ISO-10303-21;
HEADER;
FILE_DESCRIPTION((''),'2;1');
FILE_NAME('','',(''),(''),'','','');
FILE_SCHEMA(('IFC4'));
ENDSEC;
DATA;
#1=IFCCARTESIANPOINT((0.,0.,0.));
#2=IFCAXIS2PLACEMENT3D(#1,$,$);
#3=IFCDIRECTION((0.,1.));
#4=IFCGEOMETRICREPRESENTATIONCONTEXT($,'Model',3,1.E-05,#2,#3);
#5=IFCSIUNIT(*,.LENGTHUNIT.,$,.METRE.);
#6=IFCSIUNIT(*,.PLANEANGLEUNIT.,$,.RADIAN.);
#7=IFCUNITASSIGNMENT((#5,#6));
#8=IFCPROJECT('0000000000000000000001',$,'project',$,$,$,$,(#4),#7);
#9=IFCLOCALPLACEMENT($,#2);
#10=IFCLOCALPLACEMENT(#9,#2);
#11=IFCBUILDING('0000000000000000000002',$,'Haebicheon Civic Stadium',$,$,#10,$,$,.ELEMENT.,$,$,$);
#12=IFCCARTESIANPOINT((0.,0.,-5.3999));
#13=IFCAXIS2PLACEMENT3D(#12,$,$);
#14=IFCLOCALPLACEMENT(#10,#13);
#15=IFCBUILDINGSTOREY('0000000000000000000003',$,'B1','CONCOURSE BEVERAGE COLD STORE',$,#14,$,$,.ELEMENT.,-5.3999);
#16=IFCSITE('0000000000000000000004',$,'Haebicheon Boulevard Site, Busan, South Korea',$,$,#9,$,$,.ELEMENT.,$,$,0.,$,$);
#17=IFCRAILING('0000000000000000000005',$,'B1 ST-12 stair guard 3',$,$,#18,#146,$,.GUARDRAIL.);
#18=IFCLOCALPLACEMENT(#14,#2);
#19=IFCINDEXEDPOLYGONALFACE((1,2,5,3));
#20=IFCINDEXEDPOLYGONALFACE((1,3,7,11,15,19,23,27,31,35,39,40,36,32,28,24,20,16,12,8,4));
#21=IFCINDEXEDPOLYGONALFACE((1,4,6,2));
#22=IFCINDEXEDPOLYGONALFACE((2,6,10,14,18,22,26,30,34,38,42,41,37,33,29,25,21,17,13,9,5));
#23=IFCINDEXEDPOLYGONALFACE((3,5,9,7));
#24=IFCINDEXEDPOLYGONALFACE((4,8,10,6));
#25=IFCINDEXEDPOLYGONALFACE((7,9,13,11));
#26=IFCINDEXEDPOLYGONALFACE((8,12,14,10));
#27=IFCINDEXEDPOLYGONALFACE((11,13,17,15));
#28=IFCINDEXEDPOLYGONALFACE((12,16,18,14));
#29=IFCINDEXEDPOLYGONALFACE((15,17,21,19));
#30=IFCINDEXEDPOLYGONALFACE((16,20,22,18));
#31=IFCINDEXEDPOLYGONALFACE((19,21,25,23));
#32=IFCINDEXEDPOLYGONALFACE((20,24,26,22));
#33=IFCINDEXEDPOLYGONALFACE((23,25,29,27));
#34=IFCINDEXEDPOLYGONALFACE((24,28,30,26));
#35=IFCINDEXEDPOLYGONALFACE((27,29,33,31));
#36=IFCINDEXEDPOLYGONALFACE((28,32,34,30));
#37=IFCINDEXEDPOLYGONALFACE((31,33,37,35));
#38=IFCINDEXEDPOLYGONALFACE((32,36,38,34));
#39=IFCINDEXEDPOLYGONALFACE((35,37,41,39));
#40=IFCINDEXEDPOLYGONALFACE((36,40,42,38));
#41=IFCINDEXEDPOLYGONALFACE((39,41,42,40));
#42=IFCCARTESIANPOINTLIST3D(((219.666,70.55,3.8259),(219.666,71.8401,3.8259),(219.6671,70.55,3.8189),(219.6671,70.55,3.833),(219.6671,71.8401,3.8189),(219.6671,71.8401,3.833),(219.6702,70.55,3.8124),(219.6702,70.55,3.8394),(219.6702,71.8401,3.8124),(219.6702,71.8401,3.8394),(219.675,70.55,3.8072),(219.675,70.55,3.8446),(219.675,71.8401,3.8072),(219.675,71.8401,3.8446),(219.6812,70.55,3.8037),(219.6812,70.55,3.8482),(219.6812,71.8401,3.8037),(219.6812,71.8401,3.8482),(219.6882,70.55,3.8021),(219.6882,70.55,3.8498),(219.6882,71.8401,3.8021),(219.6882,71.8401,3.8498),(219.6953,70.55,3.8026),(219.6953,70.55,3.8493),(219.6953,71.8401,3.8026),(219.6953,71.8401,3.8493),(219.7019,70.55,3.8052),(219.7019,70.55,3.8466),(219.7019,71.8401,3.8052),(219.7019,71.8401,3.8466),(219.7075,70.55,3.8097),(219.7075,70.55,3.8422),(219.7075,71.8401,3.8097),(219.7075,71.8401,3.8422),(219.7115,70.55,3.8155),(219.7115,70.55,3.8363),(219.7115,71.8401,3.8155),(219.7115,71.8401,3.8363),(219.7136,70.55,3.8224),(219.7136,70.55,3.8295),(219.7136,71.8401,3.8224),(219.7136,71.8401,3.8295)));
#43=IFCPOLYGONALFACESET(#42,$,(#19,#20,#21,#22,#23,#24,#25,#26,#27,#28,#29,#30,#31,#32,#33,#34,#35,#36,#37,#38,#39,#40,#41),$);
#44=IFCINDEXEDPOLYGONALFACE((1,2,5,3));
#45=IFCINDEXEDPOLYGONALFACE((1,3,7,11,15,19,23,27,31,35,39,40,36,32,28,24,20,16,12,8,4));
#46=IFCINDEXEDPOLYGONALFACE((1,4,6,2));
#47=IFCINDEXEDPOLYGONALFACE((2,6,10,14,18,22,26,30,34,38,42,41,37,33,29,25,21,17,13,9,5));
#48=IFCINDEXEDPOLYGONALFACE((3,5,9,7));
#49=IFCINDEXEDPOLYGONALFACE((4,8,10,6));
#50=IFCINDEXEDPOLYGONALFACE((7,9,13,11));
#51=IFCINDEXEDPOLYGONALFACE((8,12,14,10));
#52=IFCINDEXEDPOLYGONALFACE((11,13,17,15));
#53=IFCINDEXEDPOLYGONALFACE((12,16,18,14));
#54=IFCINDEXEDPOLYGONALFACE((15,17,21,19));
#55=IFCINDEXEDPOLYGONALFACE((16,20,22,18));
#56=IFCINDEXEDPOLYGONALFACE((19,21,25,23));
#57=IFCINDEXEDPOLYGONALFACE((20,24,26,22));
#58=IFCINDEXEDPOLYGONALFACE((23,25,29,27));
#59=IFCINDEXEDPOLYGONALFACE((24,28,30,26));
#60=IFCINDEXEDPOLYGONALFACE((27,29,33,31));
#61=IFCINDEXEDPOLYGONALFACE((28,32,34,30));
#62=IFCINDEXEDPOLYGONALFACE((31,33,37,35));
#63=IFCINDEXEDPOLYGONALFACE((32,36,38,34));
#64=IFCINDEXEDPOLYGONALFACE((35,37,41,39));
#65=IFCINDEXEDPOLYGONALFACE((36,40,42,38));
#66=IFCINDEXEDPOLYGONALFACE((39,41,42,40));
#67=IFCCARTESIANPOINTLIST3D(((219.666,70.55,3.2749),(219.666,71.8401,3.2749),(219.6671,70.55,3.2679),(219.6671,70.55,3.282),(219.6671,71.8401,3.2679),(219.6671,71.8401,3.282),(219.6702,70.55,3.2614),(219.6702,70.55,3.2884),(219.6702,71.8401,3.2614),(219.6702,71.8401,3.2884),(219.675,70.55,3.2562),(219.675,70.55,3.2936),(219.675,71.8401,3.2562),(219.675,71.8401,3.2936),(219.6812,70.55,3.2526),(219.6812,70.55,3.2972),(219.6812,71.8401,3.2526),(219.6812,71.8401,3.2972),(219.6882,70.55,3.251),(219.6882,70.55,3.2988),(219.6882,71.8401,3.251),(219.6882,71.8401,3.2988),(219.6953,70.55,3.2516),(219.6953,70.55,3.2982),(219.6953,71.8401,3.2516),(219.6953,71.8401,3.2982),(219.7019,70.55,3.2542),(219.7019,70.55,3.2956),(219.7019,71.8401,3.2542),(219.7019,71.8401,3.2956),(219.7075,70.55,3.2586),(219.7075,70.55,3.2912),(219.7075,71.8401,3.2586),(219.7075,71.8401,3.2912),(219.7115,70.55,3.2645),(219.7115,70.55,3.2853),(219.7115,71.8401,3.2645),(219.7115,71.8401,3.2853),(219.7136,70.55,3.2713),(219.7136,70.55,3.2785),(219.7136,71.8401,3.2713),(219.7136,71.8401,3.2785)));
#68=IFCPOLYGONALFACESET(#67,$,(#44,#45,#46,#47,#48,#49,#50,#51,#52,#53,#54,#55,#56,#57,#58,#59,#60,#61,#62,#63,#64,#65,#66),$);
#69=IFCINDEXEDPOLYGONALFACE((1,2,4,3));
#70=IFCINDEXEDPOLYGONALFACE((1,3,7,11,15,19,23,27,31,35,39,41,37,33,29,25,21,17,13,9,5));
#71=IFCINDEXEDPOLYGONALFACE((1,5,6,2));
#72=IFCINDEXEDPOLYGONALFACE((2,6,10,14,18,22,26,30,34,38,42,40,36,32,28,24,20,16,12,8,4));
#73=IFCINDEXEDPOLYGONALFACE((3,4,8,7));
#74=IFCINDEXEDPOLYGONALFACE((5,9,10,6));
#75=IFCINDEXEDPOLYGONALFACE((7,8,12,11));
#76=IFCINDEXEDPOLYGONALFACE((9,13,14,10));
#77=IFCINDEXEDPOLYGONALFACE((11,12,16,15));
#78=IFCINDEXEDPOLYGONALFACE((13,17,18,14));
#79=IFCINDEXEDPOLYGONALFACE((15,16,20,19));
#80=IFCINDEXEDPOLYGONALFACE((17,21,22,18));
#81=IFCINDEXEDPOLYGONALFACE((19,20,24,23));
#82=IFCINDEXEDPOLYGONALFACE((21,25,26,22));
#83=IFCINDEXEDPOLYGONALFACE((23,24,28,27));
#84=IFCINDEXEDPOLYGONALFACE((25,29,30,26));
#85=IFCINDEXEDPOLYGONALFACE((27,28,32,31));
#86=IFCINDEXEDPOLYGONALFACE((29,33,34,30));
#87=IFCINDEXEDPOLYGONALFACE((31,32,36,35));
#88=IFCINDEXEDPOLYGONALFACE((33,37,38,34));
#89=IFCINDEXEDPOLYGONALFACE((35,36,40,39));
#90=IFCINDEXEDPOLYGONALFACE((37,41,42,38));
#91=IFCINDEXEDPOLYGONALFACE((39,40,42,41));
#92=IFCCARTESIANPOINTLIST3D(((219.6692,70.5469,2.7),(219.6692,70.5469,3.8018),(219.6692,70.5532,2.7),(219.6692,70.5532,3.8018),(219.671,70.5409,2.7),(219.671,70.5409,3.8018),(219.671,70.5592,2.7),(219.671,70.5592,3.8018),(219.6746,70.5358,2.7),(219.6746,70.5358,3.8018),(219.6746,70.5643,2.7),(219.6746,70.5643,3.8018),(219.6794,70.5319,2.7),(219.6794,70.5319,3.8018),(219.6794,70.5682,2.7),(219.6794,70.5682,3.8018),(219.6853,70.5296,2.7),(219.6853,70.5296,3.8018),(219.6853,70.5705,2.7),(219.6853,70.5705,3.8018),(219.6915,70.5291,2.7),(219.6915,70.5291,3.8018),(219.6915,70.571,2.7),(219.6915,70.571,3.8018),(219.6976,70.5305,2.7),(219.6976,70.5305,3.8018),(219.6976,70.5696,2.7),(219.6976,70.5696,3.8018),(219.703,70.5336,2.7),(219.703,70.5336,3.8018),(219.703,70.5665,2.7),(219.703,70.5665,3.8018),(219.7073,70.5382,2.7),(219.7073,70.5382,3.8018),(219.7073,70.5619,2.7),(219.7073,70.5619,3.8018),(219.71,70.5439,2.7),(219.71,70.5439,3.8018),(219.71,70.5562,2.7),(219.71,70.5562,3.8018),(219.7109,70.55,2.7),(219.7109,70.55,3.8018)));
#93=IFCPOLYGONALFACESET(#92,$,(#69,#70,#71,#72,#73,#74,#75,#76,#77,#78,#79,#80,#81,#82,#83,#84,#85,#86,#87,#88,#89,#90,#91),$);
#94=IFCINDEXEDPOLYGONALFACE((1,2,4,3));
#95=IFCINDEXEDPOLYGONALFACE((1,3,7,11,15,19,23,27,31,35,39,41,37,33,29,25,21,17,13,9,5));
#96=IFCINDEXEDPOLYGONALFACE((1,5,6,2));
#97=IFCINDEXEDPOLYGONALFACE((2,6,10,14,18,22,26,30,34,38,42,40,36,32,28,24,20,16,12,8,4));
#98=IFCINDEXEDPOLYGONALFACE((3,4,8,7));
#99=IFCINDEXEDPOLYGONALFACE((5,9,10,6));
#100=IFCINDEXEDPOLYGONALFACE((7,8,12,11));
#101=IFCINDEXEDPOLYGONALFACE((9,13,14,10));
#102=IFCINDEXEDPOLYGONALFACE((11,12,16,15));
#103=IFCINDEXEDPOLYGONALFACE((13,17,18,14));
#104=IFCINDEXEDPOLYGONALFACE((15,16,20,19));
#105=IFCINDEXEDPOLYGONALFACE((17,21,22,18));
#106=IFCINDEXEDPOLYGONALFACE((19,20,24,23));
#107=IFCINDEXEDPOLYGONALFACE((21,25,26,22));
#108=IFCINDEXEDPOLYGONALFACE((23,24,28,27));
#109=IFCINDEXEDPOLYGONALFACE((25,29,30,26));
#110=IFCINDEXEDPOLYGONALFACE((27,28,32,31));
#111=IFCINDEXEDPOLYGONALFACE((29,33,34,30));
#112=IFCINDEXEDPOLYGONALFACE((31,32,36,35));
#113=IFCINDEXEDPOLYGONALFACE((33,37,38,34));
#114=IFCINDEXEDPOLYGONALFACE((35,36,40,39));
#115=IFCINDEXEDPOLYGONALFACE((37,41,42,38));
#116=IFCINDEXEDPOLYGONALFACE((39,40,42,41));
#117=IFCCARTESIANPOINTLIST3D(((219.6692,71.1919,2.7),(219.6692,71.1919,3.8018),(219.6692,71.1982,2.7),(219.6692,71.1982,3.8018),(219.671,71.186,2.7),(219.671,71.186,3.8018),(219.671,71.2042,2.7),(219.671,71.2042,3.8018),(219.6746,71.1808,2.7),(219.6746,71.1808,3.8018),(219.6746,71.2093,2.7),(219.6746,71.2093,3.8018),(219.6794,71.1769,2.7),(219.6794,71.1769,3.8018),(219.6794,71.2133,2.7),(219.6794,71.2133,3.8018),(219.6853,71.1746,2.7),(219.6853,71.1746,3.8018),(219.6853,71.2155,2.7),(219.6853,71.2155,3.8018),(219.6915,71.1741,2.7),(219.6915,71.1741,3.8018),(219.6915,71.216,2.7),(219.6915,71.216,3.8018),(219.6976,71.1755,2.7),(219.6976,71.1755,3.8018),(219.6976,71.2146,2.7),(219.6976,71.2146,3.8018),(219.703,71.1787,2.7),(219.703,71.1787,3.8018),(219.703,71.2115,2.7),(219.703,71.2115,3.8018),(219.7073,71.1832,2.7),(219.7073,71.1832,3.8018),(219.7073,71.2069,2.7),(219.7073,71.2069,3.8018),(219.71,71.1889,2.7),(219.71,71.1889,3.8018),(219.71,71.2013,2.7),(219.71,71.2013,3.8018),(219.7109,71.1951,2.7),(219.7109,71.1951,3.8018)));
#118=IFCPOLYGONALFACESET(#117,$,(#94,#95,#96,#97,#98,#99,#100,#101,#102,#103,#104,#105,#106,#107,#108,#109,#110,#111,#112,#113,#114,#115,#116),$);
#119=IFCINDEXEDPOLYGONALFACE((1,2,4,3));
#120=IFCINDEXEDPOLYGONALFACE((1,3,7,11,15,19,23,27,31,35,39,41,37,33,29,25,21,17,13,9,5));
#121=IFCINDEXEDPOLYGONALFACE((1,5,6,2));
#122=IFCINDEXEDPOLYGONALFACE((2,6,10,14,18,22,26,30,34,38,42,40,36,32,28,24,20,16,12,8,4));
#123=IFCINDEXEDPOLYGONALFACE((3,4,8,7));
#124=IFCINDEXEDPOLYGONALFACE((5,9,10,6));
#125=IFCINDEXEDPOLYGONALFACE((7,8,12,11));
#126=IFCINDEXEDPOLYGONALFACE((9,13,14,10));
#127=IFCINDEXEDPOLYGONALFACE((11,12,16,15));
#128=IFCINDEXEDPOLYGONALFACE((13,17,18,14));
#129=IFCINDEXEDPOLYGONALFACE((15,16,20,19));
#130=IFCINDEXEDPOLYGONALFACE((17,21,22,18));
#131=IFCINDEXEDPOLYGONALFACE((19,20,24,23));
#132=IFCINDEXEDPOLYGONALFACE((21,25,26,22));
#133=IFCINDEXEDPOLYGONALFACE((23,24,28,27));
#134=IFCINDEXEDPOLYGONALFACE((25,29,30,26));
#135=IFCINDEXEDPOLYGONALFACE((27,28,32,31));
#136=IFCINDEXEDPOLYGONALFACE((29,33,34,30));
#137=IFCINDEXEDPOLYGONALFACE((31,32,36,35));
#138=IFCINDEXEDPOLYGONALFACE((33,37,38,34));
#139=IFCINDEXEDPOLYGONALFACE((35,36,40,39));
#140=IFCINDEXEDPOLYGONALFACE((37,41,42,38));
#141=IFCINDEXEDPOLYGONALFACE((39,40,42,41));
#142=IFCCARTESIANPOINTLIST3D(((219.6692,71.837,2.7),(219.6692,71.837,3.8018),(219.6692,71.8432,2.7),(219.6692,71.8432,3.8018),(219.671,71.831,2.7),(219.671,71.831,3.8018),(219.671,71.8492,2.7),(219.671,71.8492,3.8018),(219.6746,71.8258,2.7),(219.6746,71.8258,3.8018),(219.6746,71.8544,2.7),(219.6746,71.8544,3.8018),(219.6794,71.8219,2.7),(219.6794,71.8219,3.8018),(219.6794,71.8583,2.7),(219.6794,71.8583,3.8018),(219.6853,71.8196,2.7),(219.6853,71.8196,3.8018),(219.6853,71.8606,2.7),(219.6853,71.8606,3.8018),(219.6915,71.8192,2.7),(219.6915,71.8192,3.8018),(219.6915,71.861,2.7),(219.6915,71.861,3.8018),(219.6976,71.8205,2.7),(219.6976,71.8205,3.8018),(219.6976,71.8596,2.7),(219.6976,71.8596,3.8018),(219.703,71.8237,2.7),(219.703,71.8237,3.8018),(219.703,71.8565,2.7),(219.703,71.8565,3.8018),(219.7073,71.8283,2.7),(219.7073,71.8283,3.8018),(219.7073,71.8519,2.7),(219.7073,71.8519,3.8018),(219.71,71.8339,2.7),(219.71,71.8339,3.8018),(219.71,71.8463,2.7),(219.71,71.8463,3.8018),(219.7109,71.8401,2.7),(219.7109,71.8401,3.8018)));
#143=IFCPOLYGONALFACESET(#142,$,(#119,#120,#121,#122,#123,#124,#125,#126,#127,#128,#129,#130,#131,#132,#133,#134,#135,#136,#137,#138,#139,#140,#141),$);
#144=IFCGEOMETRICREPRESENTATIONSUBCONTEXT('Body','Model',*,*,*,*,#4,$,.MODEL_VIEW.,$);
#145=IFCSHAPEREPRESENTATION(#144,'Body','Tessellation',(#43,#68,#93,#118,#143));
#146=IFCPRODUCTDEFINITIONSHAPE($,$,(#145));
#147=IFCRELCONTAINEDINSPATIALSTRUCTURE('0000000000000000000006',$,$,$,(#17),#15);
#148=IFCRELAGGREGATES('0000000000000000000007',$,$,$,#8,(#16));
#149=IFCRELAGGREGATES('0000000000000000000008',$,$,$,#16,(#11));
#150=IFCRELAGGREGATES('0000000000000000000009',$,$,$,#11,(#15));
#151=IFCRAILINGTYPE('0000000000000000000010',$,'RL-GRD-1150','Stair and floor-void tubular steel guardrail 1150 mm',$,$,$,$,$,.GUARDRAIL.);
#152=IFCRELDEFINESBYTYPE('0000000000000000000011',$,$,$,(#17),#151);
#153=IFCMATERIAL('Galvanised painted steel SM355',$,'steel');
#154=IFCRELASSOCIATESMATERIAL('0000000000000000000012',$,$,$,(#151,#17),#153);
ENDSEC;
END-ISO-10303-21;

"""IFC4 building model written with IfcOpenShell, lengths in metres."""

from ifc_helpers import new_model, si_unit, direction, frame, origin, origin_2d, place, context, subcontext, project, spatial, circle, extrude, material, type_object, element, save


model = new_model("IFC4")

# Units and contexts
model_context = context("Model", 3, precision=1e-05, world=origin(), true_north=direction((0.0, 1.0)))
body_context = subcontext(model_context, "Body", "Model", "MODEL_VIEW")
ifc_project = project(units=[si_unit("LENGTHUNIT", "METRE"), si_unit("PLANEANGLEUNIT", "RADIAN")], contexts=[model_context])

# Site, building, storey
site_placement = place(None, origin())
site = spatial("IfcSite", under=ifc_project, at=site_placement, Name="Haebicheon Boulevard Site, Busan, South Korea", CompositionType="ELEMENT", RefElevation=0.0)
building_placement = place(site_placement, origin())
building = spatial("IfcBuilding", under=site, at=building_placement, Name="Haebicheon Civic Stadium", CompositionType="ELEMENT")
storey_placement = place(building_placement, frame((0.0, 0.0, -5.3999)))
storey = spatial("IfcBuildingStorey", under=building, at=storey_placement, Name="B1", Description="CONCOURSE BEVERAGE COLD STORE", CompositionType="ELEMENT", Elevation=-5.3999)

# Railing
ifc_material_1 = material(Name="Galvanised painted steel SM355", Category="steel")
railing_type_1 = type_object("IfcRailingType", Name="RL-GRD-1150", Description="Stair and floor-void tubular steel guardrail 1150 mm", PredefinedType="GUARDRAIL", material=ifc_material_1)
for number, where, name in (
    (1, (219.6899, 70.55, 2.7), "B1 ST-12 stair guard 3"),
):
    element("IfcRailing", number, at=place(storey_placement, frame(where)), inside=storey, type_object=railing_type_1, material=ifc_material_1, Name=name, PredefinedType="GUARDRAIL", context=body_context, shape_type="SweptSolid", body=[
        extrude(circle(Radius=0.0239, at=origin_2d()), frame((0.0, 0.0, 1.126), z_axis=(0.0, 1.0, 0.0), x_axis=(-1.0, 0.0, 0.0)), (0.0, 0.0, 1.0), 1.29),
        extrude(circle(Radius=0.0239, at=origin_2d()), frame((0.0, 0.0, 0.575), z_axis=(0.0, 1.0, 0.0), x_axis=(-1.0, 0.0, 0.0)), (0.0, 0.0, 1.0), 1.29),
        extrude(circle(Radius=0.021, at=origin_2d()), origin(), (0.0, 0.0, 1.0), 1.1018),
        extrude(circle(Radius=0.021, at=origin_2d()), frame((0.0, 0.645, 0.0)), (0.0, 0.0, 1.0), 1.1018),
        extrude(circle(Radius=0.021, at=origin_2d()), frame((0.0, 1.29, 0.0)), (0.0, 0.0, 1.0), 1.1018),
    ])

save(model, "model.ifc")
